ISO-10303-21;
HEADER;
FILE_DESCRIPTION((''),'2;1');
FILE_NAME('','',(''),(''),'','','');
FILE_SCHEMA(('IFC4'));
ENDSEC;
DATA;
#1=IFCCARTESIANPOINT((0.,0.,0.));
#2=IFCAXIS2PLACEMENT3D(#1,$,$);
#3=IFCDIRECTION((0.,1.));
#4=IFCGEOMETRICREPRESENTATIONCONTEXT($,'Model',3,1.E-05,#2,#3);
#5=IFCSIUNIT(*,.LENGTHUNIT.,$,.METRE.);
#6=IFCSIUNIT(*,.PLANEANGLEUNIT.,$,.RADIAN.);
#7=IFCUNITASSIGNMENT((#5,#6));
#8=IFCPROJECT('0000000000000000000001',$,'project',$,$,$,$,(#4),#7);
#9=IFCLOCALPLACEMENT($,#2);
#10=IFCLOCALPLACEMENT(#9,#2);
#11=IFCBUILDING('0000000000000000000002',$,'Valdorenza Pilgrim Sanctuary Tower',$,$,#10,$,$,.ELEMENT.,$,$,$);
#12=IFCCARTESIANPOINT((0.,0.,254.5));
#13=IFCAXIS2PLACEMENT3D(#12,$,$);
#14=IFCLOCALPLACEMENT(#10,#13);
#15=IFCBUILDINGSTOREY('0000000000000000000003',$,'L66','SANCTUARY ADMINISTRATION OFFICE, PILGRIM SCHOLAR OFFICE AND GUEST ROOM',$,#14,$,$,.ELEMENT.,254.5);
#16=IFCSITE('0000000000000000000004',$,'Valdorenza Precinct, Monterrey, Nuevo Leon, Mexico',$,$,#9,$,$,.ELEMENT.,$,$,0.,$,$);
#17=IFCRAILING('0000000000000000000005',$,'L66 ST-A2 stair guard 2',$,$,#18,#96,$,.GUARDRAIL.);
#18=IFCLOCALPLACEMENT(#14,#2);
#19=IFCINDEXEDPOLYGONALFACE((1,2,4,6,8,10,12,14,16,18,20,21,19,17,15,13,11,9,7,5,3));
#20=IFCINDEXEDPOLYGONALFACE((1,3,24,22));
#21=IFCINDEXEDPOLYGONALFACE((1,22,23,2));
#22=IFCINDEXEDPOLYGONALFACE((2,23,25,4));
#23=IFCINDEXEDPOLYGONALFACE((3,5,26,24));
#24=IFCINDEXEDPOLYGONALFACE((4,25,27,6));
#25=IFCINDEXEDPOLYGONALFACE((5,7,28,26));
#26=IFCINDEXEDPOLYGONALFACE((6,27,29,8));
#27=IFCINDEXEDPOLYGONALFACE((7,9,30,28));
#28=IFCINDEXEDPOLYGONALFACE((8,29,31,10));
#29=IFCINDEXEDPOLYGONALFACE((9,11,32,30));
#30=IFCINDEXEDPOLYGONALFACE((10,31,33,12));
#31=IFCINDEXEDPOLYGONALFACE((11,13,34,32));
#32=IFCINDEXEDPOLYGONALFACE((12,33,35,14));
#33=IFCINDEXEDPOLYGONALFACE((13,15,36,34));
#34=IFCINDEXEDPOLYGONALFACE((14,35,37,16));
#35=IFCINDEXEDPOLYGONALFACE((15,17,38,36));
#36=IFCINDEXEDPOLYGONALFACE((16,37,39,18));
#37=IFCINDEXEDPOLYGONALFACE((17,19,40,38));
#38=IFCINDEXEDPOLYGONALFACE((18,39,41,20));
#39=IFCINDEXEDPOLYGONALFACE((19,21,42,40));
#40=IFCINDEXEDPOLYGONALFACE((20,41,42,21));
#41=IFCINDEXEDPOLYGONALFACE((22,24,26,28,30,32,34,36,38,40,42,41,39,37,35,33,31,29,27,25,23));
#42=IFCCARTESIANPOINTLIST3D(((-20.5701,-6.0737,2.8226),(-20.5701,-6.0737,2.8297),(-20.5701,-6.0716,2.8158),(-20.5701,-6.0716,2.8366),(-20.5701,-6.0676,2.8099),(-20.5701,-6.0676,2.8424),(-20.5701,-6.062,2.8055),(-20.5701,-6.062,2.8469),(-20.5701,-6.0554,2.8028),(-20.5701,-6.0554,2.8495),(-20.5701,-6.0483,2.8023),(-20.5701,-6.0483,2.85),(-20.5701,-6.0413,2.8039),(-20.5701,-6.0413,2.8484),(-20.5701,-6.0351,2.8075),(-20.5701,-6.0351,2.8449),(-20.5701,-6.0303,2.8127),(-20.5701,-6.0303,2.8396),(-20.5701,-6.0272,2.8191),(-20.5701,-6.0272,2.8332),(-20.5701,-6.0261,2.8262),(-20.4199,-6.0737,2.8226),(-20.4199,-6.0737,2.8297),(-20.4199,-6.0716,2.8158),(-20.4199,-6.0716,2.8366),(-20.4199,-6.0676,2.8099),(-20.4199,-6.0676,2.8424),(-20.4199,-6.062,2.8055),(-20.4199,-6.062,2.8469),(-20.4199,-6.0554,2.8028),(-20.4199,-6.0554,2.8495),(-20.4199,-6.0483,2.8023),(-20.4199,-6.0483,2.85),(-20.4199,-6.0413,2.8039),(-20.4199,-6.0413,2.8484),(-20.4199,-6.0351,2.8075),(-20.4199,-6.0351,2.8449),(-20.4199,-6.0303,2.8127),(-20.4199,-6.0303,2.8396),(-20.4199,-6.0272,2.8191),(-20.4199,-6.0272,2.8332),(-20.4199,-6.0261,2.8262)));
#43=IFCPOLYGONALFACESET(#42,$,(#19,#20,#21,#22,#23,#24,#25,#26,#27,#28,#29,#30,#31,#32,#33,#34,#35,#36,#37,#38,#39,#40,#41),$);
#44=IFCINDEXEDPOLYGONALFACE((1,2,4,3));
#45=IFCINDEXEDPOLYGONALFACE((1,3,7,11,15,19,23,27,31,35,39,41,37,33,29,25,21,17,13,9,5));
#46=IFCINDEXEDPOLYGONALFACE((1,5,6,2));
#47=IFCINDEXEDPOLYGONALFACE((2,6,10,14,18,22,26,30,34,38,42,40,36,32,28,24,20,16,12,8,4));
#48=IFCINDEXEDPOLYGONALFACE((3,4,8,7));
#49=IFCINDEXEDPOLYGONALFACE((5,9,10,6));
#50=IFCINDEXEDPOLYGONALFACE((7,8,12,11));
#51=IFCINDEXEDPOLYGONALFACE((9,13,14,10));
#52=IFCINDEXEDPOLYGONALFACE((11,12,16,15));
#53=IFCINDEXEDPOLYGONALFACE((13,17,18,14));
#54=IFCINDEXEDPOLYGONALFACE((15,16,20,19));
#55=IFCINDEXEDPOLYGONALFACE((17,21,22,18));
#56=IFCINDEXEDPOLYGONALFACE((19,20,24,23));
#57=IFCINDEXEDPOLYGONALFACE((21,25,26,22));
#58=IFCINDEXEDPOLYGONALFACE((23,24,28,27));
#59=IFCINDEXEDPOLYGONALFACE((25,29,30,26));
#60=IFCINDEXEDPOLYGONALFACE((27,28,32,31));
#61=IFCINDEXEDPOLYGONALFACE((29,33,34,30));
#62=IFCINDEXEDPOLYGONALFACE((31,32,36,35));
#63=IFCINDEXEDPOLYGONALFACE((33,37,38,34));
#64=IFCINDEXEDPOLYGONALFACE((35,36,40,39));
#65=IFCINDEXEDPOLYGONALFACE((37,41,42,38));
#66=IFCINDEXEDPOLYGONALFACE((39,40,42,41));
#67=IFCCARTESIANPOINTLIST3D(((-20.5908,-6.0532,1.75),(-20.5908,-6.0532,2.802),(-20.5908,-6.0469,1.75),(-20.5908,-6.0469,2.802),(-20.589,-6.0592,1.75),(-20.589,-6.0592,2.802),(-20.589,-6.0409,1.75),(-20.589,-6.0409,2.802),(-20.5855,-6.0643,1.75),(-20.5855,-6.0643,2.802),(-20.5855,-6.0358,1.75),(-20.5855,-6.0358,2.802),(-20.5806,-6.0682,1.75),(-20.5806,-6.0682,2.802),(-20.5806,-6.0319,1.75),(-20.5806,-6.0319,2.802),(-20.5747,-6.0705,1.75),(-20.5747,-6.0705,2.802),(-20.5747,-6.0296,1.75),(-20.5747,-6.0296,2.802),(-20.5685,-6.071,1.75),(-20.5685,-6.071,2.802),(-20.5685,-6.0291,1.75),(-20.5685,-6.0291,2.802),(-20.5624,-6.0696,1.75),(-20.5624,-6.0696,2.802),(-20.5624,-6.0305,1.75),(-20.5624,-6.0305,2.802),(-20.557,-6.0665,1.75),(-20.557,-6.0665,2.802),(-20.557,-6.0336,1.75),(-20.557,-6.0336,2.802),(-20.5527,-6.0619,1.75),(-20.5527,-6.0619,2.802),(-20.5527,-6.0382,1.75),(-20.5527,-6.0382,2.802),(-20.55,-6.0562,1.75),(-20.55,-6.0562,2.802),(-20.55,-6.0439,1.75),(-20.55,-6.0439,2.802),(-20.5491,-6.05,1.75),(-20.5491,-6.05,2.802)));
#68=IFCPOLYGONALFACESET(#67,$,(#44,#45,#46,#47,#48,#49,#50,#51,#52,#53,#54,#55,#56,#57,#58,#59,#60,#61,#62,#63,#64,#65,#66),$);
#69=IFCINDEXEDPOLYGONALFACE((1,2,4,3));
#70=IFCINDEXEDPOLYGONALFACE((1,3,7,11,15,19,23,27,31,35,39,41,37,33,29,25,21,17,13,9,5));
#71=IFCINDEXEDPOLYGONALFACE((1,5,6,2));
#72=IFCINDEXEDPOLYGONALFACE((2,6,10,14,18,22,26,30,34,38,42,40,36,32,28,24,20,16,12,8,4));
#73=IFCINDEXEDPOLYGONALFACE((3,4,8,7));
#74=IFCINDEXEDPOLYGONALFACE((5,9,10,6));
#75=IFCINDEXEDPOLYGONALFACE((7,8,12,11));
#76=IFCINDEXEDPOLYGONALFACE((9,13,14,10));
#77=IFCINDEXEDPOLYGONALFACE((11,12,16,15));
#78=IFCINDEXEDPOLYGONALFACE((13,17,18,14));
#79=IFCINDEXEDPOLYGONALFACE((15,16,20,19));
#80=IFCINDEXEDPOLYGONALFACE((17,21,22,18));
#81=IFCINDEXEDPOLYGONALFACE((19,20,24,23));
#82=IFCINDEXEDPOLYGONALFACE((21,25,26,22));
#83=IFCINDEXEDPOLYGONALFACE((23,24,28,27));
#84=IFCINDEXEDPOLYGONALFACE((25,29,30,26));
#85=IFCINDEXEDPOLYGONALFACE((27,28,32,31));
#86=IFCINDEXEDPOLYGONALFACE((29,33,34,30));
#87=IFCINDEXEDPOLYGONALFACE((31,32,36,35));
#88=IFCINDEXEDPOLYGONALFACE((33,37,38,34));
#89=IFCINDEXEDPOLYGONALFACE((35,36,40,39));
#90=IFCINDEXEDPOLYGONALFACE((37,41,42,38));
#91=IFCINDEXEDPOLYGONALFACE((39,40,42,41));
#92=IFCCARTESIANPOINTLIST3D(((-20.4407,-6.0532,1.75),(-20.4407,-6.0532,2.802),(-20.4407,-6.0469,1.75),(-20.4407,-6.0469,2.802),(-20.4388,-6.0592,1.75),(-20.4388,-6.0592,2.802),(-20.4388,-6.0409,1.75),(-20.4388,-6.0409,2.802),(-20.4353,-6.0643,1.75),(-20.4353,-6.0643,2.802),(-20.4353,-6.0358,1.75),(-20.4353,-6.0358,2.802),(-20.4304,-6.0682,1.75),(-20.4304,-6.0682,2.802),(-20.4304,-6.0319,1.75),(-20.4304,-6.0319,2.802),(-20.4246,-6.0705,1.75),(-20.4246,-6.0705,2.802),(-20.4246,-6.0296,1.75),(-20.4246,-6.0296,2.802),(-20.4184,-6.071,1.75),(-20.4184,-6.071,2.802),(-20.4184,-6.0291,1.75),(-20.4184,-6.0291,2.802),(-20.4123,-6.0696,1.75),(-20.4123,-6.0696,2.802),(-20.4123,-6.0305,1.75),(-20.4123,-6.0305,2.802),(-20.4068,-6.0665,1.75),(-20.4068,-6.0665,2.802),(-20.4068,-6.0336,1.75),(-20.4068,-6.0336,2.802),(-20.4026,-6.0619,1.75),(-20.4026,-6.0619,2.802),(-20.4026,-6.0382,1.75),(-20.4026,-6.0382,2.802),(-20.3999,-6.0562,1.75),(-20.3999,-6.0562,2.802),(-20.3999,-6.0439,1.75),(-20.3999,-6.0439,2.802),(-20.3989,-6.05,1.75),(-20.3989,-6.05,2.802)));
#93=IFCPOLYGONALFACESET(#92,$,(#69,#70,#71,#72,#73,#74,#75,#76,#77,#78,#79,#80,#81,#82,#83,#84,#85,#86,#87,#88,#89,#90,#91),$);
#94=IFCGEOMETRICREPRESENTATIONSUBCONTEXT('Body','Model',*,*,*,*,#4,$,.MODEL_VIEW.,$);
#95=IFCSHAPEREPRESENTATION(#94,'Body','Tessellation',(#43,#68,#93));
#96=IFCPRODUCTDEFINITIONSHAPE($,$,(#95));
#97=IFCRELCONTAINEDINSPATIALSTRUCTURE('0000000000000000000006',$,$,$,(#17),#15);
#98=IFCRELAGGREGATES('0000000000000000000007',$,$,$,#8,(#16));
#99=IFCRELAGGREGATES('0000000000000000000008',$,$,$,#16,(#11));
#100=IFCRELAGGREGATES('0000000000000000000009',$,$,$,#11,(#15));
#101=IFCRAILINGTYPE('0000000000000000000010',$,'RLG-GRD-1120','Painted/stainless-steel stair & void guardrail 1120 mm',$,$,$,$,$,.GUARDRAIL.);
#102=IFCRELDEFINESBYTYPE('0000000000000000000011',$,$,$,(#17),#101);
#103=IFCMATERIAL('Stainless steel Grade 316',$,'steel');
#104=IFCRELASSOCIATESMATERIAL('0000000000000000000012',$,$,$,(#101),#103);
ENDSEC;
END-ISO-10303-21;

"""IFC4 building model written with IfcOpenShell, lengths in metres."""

from ifc_helpers import new_model, si_unit, direction, frame, origin, origin_2d, place, context, subcontext, project, spatial, circle, extrude, material, type_object, element, save


model = new_model("IFC4")

# Units and contexts
model_context = context("Model", 3, precision=1e-05, world=origin(), true_north=direction((0.0, 1.0)))
body_context = subcontext(model_context, "Body", "Model", "MODEL_VIEW")
ifc_project = project(units=[si_unit("LENGTHUNIT", "METRE"), si_unit("PLANEANGLEUNIT", "RADIAN")], contexts=[model_context])

# Site, building, storey
site_placement = place(None, origin())
site = spatial("IfcSite", under=ifc_project, at=site_placement, Name="Valdorenza Precinct, Monterrey, Nuevo Leon, Mexico", CompositionType="ELEMENT", RefElevation=0.0)
building_placement = place(site_placement, origin())
building = spatial("IfcBuilding", under=site, at=building_placement, Name="Valdorenza Pilgrim Sanctuary Tower", CompositionType="ELEMENT")
storey_placement = place(building_placement, frame((0.0, 0.0, 254.5)))
storey = spatial("IfcBuildingStorey", under=building, at=storey_placement, Name="L66", Description="SANCTUARY ADMINISTRATION OFFICE, PILGRIM SCHOLAR OFFICE AND GUEST ROOM", CompositionType="ELEMENT", Elevation=254.5)

# Railing
ifc_material_1 = material(Name="Stainless steel Grade 316", Category="steel")
railing_type_1 = type_object("IfcRailingType", Name="RLG-GRD-1120", Description="Painted/stainless-steel stair & void guardrail 1120 mm", PredefinedType="GUARDRAIL", material=ifc_material_1)
railing_1_placement = place(storey_placement, frame((-20.5701, -6.05, 1.75)))
element("IfcRailing", 1, at=railing_1_placement, inside=storey, type_object=railing_type_1, Name="L66 ST-A2 stair guard 2", PredefinedType="GUARDRAIL", context=body_context, shape_type="SweptSolid", body=[
    extrude(circle(Radius=0.0239, at=origin_2d()), frame((0.0, 0.0, 1.0762), z_axis=(1.0, 0.0, 0.0), x_axis=(0.0, 1.0, 0.0)), (0.0, 0.0, 1.0), 0.1501),
    extrude(circle(Radius=0.021, at=origin_2d()), origin(), (0.0, 0.0, 1.0), 1.052),
    extrude(circle(Radius=0.021, at=origin_2d()), frame((0.1501, 0.0, 0.0)), (0.0, 0.0, 1.0), 1.052),
])

save(model, "model.ifc")
